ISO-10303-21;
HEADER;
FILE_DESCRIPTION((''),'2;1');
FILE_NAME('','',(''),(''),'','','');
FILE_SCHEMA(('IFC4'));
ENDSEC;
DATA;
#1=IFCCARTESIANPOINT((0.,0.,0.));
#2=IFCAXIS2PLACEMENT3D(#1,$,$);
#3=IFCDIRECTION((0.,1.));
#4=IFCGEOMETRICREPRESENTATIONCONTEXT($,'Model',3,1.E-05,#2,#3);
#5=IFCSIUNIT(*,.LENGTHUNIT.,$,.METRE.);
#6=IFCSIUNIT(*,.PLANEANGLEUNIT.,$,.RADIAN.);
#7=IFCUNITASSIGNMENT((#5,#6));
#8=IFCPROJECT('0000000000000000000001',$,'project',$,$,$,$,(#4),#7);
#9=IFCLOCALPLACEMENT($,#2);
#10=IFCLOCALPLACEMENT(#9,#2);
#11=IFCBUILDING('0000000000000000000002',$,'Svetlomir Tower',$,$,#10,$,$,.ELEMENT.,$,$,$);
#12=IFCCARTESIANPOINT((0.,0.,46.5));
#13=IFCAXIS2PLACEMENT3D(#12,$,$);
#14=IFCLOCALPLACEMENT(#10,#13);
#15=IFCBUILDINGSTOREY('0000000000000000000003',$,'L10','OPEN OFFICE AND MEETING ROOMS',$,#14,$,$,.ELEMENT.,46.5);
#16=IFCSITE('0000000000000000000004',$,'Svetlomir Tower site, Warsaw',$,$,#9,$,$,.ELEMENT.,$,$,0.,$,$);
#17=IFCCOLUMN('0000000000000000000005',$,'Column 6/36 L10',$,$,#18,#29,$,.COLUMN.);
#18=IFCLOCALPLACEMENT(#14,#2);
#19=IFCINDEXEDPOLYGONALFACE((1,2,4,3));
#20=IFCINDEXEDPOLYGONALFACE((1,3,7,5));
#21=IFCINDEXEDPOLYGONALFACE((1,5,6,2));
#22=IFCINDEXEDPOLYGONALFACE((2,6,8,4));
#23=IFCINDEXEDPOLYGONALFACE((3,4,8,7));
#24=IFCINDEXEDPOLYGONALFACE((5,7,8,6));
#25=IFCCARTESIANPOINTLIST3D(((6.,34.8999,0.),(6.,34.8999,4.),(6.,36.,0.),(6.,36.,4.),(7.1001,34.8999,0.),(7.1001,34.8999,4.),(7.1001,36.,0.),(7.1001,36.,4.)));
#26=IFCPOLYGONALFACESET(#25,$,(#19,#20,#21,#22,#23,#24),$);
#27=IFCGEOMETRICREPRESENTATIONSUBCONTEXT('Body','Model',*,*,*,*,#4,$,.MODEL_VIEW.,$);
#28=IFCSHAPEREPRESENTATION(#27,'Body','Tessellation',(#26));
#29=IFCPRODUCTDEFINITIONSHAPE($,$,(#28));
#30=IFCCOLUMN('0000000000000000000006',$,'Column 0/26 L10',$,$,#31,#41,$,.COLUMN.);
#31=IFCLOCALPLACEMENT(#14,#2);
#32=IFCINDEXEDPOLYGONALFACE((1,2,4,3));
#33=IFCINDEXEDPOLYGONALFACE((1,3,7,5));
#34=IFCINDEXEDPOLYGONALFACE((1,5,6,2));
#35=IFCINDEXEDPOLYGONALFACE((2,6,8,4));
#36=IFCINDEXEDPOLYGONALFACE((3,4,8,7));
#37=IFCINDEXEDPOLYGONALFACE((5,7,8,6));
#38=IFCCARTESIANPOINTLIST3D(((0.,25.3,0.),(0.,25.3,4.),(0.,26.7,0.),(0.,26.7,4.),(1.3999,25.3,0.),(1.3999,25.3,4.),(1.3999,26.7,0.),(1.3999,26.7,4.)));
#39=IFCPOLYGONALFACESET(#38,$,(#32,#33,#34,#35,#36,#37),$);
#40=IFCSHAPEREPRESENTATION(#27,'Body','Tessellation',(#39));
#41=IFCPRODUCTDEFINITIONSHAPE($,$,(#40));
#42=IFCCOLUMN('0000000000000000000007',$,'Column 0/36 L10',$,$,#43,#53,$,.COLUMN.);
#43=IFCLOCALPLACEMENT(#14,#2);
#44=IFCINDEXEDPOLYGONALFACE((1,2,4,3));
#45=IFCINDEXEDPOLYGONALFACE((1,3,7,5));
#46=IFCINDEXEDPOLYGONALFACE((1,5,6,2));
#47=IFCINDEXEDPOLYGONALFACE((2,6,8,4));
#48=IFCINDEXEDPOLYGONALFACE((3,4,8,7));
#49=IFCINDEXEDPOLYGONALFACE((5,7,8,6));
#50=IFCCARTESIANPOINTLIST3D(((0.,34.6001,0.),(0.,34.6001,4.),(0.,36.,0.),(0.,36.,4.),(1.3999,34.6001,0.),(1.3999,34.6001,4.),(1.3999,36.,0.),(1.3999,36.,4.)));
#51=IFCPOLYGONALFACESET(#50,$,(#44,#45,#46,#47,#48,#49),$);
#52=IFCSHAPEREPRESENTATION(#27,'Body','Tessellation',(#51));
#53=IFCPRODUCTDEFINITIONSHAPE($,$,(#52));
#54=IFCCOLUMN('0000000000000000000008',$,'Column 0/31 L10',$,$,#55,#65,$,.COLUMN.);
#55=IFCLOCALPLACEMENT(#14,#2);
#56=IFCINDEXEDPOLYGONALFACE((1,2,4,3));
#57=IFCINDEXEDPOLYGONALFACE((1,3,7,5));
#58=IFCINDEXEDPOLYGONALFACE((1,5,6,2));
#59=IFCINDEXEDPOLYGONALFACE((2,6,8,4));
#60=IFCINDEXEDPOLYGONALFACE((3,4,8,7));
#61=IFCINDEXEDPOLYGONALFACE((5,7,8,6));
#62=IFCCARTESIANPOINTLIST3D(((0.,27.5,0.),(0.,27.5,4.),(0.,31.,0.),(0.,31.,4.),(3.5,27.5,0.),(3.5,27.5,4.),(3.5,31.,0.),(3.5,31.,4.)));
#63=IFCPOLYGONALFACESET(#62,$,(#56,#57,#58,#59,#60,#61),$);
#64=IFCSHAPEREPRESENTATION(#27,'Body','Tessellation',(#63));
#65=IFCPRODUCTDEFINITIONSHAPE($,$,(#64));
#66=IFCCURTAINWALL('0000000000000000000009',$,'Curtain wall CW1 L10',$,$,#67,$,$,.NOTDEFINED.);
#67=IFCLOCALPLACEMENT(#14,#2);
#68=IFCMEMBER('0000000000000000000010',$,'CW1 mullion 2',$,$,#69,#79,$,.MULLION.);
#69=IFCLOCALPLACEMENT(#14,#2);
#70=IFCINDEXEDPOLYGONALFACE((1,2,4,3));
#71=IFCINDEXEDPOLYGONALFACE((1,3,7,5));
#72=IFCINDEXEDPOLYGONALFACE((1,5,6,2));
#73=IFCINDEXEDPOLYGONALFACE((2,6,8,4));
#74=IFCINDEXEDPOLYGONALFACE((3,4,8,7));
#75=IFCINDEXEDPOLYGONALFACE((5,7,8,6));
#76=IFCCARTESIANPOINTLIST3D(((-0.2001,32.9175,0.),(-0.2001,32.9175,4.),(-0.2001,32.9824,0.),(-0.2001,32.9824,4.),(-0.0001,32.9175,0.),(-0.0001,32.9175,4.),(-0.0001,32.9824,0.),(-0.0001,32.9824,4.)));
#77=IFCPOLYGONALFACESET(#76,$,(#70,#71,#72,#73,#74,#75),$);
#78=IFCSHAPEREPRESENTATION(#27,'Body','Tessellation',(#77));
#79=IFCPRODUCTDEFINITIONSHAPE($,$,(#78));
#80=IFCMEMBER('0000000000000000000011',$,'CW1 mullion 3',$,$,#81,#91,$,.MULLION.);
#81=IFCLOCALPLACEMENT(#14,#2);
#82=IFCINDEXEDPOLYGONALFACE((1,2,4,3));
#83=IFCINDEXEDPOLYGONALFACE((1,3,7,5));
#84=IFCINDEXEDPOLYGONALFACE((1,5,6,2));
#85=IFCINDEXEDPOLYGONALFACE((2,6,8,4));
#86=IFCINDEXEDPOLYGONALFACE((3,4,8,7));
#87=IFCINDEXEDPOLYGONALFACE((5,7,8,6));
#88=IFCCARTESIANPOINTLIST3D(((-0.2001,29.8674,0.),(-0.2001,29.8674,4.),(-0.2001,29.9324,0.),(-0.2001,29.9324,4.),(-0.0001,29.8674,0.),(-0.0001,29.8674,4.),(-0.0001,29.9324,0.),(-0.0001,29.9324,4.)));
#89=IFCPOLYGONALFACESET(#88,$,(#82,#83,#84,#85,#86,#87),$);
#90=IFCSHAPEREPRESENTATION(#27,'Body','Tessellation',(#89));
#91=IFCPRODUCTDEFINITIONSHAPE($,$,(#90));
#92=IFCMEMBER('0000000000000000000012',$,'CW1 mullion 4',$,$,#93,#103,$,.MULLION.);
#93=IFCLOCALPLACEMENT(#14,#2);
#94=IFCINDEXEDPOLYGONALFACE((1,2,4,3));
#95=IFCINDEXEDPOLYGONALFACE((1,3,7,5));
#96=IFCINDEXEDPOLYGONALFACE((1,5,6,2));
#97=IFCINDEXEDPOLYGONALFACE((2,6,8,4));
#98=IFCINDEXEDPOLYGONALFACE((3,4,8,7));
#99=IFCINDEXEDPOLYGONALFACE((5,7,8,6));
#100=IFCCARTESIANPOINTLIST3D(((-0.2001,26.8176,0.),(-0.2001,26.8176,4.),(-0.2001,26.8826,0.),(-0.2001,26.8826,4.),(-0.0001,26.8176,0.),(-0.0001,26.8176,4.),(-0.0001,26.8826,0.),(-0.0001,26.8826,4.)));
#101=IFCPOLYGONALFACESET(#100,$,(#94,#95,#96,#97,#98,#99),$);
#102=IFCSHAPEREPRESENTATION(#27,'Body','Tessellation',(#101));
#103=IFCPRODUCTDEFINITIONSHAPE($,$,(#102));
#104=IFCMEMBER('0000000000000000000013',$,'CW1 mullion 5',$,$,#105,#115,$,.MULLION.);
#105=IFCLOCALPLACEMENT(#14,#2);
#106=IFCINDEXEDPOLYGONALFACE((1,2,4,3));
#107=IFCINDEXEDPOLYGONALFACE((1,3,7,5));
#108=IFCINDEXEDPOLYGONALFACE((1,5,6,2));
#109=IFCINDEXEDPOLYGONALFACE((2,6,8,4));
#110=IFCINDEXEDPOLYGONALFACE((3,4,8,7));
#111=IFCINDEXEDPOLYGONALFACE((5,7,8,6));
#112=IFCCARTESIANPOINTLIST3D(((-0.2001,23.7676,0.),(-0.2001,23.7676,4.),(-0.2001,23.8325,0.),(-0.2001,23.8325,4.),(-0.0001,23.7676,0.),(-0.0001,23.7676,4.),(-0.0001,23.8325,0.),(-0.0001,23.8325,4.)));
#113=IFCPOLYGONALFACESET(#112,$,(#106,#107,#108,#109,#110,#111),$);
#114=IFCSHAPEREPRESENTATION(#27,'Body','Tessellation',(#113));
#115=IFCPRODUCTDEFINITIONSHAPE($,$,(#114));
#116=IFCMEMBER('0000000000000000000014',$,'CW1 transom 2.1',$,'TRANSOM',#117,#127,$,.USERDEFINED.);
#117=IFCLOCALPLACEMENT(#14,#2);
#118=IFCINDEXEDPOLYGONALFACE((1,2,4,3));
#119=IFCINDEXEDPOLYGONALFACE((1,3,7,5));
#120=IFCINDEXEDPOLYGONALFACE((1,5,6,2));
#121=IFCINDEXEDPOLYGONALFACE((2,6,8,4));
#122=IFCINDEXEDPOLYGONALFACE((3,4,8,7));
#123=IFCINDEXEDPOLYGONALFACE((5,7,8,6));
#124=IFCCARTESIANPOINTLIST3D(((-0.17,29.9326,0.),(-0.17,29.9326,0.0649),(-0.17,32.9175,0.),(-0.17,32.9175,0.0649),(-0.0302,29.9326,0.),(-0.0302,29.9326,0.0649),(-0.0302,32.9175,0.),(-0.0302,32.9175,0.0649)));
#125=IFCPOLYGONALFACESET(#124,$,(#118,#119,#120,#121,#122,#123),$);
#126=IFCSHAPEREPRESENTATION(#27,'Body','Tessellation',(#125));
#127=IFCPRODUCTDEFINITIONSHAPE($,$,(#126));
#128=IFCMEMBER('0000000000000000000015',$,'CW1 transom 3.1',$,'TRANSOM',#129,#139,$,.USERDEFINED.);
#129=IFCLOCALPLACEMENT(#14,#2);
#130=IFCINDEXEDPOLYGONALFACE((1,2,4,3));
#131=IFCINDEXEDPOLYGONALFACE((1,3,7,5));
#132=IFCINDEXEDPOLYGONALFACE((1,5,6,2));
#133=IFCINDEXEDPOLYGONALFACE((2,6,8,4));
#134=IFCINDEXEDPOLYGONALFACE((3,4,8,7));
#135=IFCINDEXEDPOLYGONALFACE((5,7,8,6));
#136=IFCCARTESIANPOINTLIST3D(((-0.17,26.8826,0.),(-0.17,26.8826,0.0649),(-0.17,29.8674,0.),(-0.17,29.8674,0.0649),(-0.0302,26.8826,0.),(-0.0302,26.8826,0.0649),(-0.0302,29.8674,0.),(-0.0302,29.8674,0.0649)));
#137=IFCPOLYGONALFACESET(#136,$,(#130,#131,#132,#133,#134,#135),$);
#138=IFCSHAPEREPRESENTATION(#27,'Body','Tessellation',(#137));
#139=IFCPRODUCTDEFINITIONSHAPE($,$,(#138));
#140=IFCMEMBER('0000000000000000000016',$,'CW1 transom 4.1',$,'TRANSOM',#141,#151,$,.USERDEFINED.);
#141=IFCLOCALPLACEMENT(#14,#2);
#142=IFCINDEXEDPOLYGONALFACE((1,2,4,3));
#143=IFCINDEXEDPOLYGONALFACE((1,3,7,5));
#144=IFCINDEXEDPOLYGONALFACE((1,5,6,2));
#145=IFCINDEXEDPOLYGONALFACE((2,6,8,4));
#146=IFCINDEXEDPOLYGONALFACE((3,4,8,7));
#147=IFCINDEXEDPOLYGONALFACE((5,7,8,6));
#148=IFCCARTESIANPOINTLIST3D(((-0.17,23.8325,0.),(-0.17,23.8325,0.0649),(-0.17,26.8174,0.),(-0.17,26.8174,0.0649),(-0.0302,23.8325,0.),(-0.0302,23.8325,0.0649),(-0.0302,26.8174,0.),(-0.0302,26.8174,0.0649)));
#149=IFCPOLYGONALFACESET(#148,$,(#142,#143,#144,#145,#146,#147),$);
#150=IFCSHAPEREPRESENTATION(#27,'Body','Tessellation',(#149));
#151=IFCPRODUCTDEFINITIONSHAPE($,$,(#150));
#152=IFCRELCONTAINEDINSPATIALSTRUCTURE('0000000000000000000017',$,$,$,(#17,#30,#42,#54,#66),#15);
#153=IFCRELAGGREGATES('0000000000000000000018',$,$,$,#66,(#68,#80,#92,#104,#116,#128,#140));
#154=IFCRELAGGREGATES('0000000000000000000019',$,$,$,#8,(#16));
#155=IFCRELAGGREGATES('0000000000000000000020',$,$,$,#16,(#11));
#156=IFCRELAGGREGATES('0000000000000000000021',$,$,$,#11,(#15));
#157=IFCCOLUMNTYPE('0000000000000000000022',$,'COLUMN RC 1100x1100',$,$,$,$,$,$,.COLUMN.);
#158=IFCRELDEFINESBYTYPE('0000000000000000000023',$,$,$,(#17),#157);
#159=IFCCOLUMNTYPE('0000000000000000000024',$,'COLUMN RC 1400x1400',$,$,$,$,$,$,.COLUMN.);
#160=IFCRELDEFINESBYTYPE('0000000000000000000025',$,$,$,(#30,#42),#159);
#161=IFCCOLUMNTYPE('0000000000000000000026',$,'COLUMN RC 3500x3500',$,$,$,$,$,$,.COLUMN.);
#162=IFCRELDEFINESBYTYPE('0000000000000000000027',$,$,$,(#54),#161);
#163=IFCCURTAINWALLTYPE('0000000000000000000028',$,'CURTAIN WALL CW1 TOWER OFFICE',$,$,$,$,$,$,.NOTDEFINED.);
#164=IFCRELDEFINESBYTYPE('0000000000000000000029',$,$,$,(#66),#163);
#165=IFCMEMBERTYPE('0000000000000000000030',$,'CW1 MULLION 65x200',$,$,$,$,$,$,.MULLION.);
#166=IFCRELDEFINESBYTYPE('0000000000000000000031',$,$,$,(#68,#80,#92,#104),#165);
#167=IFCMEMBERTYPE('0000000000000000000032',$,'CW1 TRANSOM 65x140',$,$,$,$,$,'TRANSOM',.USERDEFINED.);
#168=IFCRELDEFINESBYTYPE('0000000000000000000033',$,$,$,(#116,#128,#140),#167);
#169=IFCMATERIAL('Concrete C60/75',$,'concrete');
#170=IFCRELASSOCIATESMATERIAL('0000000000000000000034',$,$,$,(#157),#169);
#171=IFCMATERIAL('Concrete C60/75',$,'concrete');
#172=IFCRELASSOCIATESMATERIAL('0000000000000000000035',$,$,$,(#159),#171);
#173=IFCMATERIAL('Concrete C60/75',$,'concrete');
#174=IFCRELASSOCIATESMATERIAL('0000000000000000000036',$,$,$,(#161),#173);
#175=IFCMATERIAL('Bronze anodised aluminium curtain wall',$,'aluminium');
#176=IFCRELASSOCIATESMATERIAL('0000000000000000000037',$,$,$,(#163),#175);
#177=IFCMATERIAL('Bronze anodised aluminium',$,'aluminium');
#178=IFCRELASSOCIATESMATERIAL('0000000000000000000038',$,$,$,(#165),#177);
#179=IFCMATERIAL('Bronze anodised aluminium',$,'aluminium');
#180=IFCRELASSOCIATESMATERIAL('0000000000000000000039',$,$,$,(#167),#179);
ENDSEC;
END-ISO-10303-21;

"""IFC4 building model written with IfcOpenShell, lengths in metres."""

from ifc_helpers import new_model, si_unit, direction, frame, origin, origin_2d, place, context, subcontext, project, spatial, rectangle, extrude, material, material_profile, profile_set, type_object, element, aggregate, save


model = new_model("IFC4")

# Units and contexts
model_context = context("Model", 3, precision=1e-05, world=origin(), true_north=direction((0.0, 1.0)))
body_context = subcontext(model_context, "Body", "Model", "MODEL_VIEW")
ifc_project = project(units=[si_unit("LENGTHUNIT", "METRE"), si_unit("PLANEANGLEUNIT", "RADIAN")], contexts=[model_context])

# Site, building, storey
site_placement = place(None, origin())
site = spatial("IfcSite", under=ifc_project, at=site_placement, Name="Svetlomir Tower site, Warsaw", CompositionType="ELEMENT", RefElevation=0.0)
building_placement = place(site_placement, origin())
building = spatial("IfcBuilding", under=site, at=building_placement, Name="Svetlomir Tower", CompositionType="ELEMENT")
storey_placement = place(building_placement, frame((0.0, 0.0, 46.5)))
storey = spatial("IfcBuildingStorey", under=building, at=storey_placement, Name="L10", Description="OPEN OFFICE AND MEETING ROOMS", CompositionType="ELEMENT", Elevation=46.5)

# Columns
ifc_material_1 = material(Name="Concrete C60/75", Category="concrete")
ifc_material_profile_1 = material_profile(ifc_material_1, rectangle(XDim=1.1001, YDim=1.1001, at=origin_2d()), Name="RC 1100x1100")
ifc_profile_set_1 = profile_set([ifc_material_profile_1], Name="Concrete C60/75")
column_type_1 = type_object("IfcColumnType", Name="COLUMN RC 1100x1100", PredefinedType="COLUMN", material=ifc_profile_set_1)
column_1_placement = place(storey_placement, frame((6.55, 35.45, 0.0), z_axis=(0.0, 0.0, 1.0), x_axis=(1.0, 0.0, 0.0)))
element("IfcColumn", 1, at=column_1_placement, inside=storey, type_object=column_type_1, Name="Column 6/36 L10", PredefinedType="COLUMN", context=body_context, shape_type="SweptSolid", body=[
    extrude(rectangle(XDim=1.1001, YDim=1.1001, at=origin_2d()), origin(), (0.0, 0.0, 1.0), 4.0),
])
ifc_material_2 = material(Name="Concrete C60/75", Category="concrete")
ifc_material_profile_2 = material_profile(ifc_material_2, rectangle(XDim=1.3999, YDim=1.3999, at=origin_2d()), Name="RC 1400x1400")
ifc_profile_set_2 = profile_set([ifc_material_profile_2], Name="Concrete C60/75")
column_type_2 = type_object("IfcColumnType", Name="COLUMN RC 1400x1400", PredefinedType="COLUMN", material=ifc_profile_set_2)
for number, where, z_axis, x_axis, name in (
    (2, (0.7, 26.0, 0.0), (0.0, 0.0, 1.0), (1.0, 0.0, 0.0), "Column 0/26 L10"),
    (3, (0.7, 35.3, 0.0), (0.0, 0.0, 1.0), (1.0, 0.0, 0.0), "Column 0/36 L10"),
):
    element("IfcColumn", number, at=place(storey_placement, frame(where, z_axis=z_axis, x_axis=x_axis)), inside=storey, type_object=column_type_2, Name=name, PredefinedType="COLUMN", context=body_context, shape_type="SweptSolid", body=[
        extrude(rectangle(XDim=1.3999, YDim=1.3999, at=origin_2d()), origin(), (0.0, 0.0, 1.0), 4.0),
    ])
ifc_material_3 = material(Name="Concrete C60/75", Category="concrete")
ifc_material_profile_3 = material_profile(ifc_material_3, rectangle(XDim=3.5, YDim=3.5, at=origin_2d()), Name="RC 3500x3500")
ifc_profile_set_3 = profile_set([ifc_material_profile_3], Name="Concrete C60/75")
column_type_3 = type_object("IfcColumnType", Name="COLUMN RC 3500x3500", PredefinedType="COLUMN", material=ifc_profile_set_3)
column_2_placement = place(storey_placement, frame((1.75, 29.25, 0.0), z_axis=(0.0, 0.0, 1.0), x_axis=(1.0, 0.0, 0.0)))
element("IfcColumn", 4, at=column_2_placement, inside=storey, type_object=column_type_3, Name="Column 0/31 L10", PredefinedType="COLUMN", context=body_context, shape_type="SweptSolid", body=[
    extrude(rectangle(XDim=3.5, YDim=3.5, at=origin_2d()), origin(), (0.0, 0.0, 1.0), 4.0),
])

# Curtain wall, members
ifc_material_4 = material(Name="Bronze anodised aluminium curtain wall", Category="aluminium")
curtain_wall_type = type_object("IfcCurtainWallType", Name="CURTAIN WALL CW1 TOWER OFFICE", PredefinedType="NOTDEFINED", material=ifc_material_4)
curtain_wall_placement = place(storey_placement, origin())
curtain_wall = element("IfcCurtainWall", 5, at=curtain_wall_placement, inside=storey, type_object=curtain_wall_type, Name="Curtain wall CW1 L10", PredefinedType="NOTDEFINED")
ifc_material_5 = material(Name="Bronze anodised aluminium", Category="aluminium")
ifc_material_profile_4 = material_profile(ifc_material_5, rectangle(XDim=0.0649, YDim=0.2, at=origin_2d()), Name="AL 65x200")
ifc_profile_set_4 = profile_set([ifc_material_profile_4], Name="Bronze anodised aluminium 6063-T6")
member_type_1 = type_object("IfcMemberType", Name="CW1 MULLION 65x200", PredefinedType="MULLION", material=ifc_profile_set_4)
member_1_placement = place(storey_placement, frame((-0.1001, 32.95, 0.0), z_axis=(0.0, 0.0, 1.0), x_axis=(0.0, -1.0, 0.0)))
member_1 = element("IfcMember", 6, at=member_1_placement, type_object=member_type_1, Name="CW1 mullion 2", PredefinedType="MULLION", context=body_context, shape_type="SweptSolid", body=[
    extrude(rectangle(XDim=0.0649, YDim=0.2, at=origin_2d()), origin(), (0.0, 0.0, 1.0), 4.0),
])
member_2_placement = place(storey_placement, frame((-0.1001, 29.8999, 0.0), z_axis=(0.0, 0.0, 1.0), x_axis=(0.0, -1.0, 0.0)))
member_2 = element("IfcMember", 7, at=member_2_placement, type_object=member_type_1, Name="CW1 mullion 3", PredefinedType="MULLION", context=body_context, shape_type="SweptSolid", body=[
    extrude(rectangle(XDim=0.0649, YDim=0.2, at=origin_2d()), origin(), (0.0, 0.0, 1.0), 4.0),
])
member_3_placement = place(storey_placement, frame((-0.1001, 26.8501, 0.0), z_axis=(0.0, 0.0, 1.0), x_axis=(0.0, -1.0, 0.0)))
member_3 = element("IfcMember", 8, at=member_3_placement, type_object=member_type_1, Name="CW1 mullion 4", PredefinedType="MULLION", context=body_context, shape_type="SweptSolid", body=[
    extrude(rectangle(XDim=0.0649, YDim=0.2, at=origin_2d()), origin(), (0.0, 0.0, 1.0), 4.0),
])
member_4_placement = place(storey_placement, frame((-0.1001, 23.8, 0.0), z_axis=(0.0, 0.0, 1.0), x_axis=(0.0, -1.0, 0.0)))
member_4 = element("IfcMember", 9, at=member_4_placement, type_object=member_type_1, Name="CW1 mullion 5", PredefinedType="MULLION", context=body_context, shape_type="SweptSolid", body=[
    extrude(rectangle(XDim=0.0649, YDim=0.2, at=origin_2d()), origin(), (0.0, 0.0, 1.0), 4.0),
])
ifc_material_6 = material(Name="Bronze anodised aluminium", Category="aluminium")
ifc_material_profile_5 = material_profile(ifc_material_6, rectangle(XDim=0.1399, YDim=0.0649, at=origin_2d()), Name="AL 140x65")
ifc_profile_set_5 = profile_set([ifc_material_profile_5], Name="Bronze anodised aluminium 6063-T6")
member_type_2 = type_object("IfcMemberType", Name="CW1 TRANSOM 65x140", ElementType="TRANSOM", PredefinedType="USERDEFINED", material=ifc_profile_set_5)
member_5_placement = place(storey_placement, frame((-0.1001, 32.9175, 0.0325), z_axis=(0.0, -1.0, 0.0), x_axis=(1.0, 0.0, 0.0)))
member_5 = element("IfcMember", 10, at=member_5_placement, type_object=member_type_2, Name="CW1 transom 2.1", ObjectType="TRANSOM", PredefinedType="USERDEFINED", context=body_context, shape_type="SweptSolid", body=[
    extrude(rectangle(XDim=0.1399, YDim=0.0649, at=origin_2d()), origin(), (0.0, 0.0, 1.0), 2.9849),
])
member_6_placement = place(storey_placement, frame((-0.1001, 29.8674, 0.0325), z_axis=(0.0, -1.0, 0.0), x_axis=(1.0, 0.0, 0.0)))
member_6 = element("IfcMember", 11, at=member_6_placement, type_object=member_type_2, Name="CW1 transom 3.1", ObjectType="TRANSOM", PredefinedType="USERDEFINED", context=body_context, shape_type="SweptSolid", body=[
    extrude(rectangle(XDim=0.1399, YDim=0.0649, at=origin_2d()), origin(), (0.0, 0.0, 1.0), 2.9849),
])
member_7_placement = place(storey_placement, frame((-0.1001, 26.8174, 0.0325), z_axis=(0.0, -1.0, 0.0), x_axis=(1.0, 0.0, 0.0)))
member_7 = element("IfcMember", 12, at=member_7_placement, type_object=member_type_2, Name="CW1 transom 4.1", ObjectType="TRANSOM", PredefinedType="USERDEFINED", context=body_context, shape_type="SweptSolid", body=[
    extrude(rectangle(XDim=0.1399, YDim=0.0649, at=origin_2d()), origin(), (0.0, 0.0, 1.0), 2.9849),
])

aggregate(curtain_wall, [member_1, member_2, member_3, member_4, member_5, member_6, member_7])

save(model, "model.ifc")
